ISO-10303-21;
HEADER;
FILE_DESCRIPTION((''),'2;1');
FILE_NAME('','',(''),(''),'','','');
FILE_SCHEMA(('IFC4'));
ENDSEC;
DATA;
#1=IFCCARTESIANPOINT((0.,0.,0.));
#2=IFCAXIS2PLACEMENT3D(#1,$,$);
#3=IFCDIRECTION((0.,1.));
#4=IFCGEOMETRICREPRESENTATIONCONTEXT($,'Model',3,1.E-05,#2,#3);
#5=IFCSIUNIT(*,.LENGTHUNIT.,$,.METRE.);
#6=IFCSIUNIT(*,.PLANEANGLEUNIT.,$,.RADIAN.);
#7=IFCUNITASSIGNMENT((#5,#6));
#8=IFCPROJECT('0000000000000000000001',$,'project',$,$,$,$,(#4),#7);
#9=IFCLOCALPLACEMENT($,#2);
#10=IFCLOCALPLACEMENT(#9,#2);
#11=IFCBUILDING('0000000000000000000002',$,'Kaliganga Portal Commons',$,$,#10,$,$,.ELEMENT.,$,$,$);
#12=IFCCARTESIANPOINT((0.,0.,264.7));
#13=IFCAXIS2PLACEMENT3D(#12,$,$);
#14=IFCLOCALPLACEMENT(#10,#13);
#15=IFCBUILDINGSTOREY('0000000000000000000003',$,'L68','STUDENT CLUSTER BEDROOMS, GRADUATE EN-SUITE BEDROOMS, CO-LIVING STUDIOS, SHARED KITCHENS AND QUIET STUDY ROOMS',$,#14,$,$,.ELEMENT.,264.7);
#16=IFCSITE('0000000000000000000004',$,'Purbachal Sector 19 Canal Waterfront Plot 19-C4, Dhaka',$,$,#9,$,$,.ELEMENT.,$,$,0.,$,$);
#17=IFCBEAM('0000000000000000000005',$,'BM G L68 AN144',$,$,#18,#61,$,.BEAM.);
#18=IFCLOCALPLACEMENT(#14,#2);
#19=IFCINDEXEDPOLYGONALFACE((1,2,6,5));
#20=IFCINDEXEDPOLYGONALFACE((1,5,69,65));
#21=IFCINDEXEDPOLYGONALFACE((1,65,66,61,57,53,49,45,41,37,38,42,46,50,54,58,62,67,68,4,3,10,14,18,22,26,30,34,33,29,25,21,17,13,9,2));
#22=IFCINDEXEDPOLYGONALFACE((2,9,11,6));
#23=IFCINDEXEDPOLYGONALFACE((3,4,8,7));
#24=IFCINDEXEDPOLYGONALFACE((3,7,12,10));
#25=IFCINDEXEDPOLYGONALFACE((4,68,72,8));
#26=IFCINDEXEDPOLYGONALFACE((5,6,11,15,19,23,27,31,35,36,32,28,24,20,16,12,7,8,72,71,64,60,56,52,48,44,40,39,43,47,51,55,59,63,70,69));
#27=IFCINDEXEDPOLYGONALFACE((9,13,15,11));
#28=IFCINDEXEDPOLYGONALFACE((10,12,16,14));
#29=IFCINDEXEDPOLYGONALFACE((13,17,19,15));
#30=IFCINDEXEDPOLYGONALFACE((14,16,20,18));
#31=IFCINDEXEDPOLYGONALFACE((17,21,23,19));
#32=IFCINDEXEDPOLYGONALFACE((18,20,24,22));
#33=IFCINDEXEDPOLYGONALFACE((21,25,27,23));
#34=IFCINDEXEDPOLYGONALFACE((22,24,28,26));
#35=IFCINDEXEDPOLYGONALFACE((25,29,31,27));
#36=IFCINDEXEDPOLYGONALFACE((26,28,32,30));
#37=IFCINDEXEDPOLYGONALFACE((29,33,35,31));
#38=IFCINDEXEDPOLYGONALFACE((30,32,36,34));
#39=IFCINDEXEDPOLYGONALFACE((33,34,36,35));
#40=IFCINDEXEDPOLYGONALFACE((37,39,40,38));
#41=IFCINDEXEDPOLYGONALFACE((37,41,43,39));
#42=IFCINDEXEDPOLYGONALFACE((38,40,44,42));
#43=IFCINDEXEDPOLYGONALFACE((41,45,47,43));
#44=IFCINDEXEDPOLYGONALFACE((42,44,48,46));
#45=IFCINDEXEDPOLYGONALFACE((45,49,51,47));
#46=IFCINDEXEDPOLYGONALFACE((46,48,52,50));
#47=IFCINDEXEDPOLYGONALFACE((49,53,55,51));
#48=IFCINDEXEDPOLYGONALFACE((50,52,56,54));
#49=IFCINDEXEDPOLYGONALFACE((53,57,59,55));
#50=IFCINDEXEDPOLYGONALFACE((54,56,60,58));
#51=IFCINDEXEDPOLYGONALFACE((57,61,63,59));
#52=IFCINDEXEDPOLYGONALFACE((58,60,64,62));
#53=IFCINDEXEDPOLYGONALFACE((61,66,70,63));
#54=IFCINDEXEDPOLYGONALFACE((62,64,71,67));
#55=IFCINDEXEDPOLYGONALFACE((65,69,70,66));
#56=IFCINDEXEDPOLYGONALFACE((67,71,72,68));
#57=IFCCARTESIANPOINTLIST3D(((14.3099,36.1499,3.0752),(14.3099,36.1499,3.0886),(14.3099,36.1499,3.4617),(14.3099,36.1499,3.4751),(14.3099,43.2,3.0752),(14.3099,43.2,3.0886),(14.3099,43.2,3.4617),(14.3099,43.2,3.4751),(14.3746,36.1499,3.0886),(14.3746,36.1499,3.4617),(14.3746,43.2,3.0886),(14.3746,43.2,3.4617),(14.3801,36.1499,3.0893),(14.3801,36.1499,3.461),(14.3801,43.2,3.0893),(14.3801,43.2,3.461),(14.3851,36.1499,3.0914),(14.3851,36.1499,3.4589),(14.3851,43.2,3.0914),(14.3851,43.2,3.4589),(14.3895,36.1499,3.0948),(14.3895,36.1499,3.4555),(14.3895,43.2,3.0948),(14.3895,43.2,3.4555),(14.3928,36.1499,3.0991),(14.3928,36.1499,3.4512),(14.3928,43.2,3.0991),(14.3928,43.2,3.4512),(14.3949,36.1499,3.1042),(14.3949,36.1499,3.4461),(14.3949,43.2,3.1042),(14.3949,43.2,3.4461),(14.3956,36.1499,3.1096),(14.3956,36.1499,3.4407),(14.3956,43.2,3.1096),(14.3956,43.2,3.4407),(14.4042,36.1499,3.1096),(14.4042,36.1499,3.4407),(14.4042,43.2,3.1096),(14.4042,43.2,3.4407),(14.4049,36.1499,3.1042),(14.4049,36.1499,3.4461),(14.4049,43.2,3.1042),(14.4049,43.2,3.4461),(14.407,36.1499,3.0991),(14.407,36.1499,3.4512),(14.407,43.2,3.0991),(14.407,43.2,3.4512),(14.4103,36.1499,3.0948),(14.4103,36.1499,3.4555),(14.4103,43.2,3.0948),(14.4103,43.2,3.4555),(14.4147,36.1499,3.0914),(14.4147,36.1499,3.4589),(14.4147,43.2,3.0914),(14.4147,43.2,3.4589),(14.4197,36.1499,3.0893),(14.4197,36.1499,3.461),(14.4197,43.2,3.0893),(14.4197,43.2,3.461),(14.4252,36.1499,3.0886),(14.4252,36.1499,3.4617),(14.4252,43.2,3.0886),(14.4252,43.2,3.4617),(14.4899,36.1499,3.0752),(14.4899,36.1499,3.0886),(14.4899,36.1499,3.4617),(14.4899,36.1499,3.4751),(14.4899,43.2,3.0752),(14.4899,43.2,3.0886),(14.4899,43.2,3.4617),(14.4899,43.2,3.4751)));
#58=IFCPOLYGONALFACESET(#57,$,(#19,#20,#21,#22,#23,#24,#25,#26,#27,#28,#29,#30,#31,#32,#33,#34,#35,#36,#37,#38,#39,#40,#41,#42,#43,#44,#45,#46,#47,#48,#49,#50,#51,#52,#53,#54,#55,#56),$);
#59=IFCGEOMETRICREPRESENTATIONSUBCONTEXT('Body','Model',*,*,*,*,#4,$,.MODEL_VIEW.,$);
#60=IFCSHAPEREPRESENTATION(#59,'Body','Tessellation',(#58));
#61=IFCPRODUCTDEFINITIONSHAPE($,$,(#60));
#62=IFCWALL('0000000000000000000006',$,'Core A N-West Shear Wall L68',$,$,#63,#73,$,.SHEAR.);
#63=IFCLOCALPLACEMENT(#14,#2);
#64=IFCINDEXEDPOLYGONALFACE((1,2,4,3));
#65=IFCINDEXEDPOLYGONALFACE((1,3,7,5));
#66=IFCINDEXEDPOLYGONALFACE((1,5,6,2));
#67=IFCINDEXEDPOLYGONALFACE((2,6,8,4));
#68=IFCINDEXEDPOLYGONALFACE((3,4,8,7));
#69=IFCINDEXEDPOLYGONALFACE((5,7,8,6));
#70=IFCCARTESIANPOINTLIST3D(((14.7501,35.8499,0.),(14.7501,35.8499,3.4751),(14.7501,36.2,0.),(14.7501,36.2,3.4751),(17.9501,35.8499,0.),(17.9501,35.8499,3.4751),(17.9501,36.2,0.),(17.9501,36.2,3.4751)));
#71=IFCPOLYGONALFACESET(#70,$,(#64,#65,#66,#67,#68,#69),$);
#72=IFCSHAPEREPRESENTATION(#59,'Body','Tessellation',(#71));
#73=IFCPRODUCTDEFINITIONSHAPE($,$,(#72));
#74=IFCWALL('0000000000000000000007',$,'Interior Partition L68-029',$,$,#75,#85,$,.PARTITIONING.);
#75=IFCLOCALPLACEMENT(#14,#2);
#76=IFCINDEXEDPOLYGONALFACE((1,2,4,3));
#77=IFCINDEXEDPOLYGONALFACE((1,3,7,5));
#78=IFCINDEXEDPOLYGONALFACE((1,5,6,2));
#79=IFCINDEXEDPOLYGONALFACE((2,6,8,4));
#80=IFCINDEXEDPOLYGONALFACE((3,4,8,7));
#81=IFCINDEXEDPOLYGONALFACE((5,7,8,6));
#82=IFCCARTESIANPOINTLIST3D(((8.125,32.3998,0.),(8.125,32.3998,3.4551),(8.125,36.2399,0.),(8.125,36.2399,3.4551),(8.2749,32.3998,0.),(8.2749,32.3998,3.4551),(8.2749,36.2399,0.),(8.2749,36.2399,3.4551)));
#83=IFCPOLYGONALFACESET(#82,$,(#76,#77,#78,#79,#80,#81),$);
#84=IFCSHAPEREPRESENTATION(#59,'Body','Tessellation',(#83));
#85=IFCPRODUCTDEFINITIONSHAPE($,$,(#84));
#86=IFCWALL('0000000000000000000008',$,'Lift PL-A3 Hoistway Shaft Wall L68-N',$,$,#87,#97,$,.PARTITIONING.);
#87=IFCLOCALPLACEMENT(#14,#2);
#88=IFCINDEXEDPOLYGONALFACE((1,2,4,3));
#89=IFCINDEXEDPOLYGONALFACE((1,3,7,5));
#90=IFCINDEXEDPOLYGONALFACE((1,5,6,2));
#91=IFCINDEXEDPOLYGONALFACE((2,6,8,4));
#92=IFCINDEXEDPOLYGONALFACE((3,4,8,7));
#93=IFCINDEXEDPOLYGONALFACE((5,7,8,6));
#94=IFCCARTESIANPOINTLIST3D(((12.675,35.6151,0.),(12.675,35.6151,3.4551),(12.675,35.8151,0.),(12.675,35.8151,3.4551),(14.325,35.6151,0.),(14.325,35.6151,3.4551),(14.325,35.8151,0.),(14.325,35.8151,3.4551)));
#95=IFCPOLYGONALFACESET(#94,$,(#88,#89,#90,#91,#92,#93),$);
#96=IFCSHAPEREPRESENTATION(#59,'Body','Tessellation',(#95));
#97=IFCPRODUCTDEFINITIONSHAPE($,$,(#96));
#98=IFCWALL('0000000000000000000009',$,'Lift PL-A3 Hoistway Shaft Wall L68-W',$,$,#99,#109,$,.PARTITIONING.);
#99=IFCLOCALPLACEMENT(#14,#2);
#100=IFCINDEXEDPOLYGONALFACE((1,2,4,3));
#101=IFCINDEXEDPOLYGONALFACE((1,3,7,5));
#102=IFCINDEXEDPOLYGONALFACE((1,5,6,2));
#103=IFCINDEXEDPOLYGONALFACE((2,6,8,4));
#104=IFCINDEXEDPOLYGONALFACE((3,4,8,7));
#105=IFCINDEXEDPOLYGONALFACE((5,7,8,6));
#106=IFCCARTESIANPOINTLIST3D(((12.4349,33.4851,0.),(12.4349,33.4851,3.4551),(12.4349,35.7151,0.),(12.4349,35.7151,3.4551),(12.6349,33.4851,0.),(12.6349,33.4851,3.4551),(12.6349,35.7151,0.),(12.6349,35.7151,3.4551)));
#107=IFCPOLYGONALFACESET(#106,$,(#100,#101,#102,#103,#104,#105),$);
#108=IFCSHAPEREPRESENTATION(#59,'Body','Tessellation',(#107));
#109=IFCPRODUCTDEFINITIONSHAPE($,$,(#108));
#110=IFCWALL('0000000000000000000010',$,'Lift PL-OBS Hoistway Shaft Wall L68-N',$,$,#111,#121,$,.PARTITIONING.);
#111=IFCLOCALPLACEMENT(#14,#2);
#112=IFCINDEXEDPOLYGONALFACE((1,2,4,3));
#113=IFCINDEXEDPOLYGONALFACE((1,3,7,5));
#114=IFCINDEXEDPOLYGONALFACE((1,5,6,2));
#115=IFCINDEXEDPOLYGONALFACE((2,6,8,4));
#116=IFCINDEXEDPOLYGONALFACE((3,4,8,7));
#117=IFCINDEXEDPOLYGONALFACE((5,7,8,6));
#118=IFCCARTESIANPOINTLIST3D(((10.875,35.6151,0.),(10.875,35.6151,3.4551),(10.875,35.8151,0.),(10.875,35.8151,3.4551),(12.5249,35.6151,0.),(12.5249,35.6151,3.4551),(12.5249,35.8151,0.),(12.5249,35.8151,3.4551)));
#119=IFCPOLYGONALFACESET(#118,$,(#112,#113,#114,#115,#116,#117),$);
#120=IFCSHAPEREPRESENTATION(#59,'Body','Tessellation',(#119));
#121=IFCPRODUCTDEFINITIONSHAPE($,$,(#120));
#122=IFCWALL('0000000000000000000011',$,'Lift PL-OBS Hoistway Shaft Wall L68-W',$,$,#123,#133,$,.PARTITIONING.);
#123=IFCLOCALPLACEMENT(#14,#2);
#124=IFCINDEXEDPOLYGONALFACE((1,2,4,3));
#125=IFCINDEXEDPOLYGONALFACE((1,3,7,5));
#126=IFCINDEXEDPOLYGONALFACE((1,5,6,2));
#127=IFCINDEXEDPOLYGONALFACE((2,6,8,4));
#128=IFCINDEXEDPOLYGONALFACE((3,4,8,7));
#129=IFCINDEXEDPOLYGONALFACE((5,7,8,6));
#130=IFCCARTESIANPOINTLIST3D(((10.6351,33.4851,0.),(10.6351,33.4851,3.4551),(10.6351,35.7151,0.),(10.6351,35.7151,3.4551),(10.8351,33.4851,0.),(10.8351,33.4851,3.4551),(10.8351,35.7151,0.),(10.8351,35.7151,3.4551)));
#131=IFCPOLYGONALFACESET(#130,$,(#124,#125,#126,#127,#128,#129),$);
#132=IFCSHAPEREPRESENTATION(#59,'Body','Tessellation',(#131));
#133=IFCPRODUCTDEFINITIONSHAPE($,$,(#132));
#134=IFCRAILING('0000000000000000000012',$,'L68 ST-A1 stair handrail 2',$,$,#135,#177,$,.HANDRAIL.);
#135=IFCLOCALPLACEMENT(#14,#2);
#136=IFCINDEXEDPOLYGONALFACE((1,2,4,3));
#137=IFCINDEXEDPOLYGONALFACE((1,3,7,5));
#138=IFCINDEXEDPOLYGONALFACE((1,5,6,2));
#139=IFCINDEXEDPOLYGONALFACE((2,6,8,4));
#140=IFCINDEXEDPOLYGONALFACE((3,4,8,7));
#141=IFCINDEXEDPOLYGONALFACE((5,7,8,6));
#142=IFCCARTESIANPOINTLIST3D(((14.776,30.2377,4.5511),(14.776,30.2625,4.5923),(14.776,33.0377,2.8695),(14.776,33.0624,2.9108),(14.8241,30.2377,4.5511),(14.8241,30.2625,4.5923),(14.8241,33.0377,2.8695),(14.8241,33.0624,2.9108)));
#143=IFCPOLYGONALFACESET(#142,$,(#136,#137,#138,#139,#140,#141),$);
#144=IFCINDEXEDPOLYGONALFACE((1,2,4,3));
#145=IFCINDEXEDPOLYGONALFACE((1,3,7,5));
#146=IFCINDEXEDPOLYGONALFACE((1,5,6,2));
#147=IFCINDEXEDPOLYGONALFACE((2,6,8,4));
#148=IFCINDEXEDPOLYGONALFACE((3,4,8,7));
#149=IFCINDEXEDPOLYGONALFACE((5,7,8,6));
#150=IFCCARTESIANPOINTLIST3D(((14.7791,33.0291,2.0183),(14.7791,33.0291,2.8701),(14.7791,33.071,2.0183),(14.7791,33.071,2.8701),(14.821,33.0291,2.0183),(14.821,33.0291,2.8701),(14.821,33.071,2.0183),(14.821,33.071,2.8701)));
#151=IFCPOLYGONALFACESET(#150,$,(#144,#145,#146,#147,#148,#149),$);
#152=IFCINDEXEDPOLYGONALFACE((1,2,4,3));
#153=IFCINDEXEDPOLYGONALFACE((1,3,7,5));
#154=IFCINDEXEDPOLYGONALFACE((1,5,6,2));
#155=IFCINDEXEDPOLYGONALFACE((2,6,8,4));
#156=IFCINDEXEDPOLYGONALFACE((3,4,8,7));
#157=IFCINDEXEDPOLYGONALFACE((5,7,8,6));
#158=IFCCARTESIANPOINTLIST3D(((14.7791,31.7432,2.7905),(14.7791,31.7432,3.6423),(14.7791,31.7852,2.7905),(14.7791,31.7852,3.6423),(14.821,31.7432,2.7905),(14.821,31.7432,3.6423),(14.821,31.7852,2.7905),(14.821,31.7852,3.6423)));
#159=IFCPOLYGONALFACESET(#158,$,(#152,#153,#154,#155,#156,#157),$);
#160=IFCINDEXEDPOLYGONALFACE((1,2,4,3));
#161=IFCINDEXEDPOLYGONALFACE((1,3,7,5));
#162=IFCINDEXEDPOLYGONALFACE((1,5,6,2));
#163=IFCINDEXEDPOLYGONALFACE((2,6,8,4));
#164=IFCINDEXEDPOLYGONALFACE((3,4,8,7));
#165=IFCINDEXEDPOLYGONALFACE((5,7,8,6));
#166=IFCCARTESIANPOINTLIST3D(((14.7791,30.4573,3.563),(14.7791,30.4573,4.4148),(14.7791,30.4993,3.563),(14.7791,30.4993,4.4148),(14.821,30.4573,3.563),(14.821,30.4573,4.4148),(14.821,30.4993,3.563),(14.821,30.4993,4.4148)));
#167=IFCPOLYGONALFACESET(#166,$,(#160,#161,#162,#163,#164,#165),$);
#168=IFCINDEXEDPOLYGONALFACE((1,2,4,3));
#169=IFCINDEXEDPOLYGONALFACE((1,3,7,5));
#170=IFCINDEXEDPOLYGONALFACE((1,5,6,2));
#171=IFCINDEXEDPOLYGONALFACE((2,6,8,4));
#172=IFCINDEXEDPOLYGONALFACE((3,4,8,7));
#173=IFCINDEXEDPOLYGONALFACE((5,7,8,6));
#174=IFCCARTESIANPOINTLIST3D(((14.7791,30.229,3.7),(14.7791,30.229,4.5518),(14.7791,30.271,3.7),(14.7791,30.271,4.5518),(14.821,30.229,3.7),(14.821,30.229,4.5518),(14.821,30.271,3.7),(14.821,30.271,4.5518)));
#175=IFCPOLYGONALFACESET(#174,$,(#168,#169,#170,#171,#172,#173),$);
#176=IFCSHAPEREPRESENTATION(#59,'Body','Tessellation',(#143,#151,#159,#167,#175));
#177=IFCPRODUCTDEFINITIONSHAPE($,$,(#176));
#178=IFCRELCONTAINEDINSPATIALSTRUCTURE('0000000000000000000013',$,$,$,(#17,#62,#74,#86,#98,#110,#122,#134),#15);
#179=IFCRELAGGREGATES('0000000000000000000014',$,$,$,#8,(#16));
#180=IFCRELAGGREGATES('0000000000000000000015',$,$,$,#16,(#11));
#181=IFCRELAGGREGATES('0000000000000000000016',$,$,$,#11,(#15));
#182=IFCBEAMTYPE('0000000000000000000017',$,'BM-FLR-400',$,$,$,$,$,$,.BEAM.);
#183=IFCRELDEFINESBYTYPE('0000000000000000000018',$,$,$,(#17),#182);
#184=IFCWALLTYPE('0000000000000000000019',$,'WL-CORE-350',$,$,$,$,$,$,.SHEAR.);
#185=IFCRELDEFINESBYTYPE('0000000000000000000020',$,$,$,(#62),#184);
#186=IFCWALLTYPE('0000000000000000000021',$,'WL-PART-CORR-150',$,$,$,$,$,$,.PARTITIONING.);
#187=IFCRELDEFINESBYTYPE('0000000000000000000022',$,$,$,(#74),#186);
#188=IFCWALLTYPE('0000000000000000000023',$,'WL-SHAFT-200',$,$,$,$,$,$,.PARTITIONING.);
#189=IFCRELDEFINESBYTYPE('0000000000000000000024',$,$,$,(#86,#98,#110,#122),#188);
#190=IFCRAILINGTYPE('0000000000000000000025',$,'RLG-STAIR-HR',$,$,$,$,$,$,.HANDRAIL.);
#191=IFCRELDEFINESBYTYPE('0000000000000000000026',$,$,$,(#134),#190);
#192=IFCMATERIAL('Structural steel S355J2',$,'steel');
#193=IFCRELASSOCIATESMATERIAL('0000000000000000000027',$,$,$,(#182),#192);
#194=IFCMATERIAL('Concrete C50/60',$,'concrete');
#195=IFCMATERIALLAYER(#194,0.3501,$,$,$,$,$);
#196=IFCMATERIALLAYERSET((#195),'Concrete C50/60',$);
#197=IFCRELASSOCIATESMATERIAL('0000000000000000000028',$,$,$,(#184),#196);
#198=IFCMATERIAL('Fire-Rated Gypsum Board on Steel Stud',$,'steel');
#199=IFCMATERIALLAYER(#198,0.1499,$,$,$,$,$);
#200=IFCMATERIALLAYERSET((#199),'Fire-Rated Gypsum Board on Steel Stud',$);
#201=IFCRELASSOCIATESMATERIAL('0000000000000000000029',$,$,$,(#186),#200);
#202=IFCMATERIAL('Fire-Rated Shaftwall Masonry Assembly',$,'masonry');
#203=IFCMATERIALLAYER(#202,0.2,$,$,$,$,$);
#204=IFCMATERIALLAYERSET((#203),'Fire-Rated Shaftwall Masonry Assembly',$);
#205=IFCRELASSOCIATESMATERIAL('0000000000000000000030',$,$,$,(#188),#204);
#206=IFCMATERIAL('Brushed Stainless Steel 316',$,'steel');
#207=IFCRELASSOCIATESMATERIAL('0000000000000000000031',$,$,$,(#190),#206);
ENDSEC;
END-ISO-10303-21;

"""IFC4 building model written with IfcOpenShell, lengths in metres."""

from ifc_helpers import new_model, si_unit, direction, frame, frame_2d, origin, origin_2d, place, context, subcontext, project, spatial, rectangle, i_section, extrude, source, transform, mapped, material, layer, layer_set, material_profile, profile_set, type_object, element, save


model = new_model("IFC4")

# Units and contexts
model_context = context("Model", 3, precision=1e-05, world=origin(), true_north=direction((0.0, 1.0)))
body_context = subcontext(model_context, "Body", "Model", "MODEL_VIEW")
ifc_project = project(units=[si_unit("LENGTHUNIT", "METRE"), si_unit("PLANEANGLEUNIT", "RADIAN")], contexts=[model_context])

# Site, building, storey
site_placement = place(None, origin())
site = spatial("IfcSite", under=ifc_project, at=site_placement, Name="Purbachal Sector 19 Canal Waterfront Plot 19-C4, Dhaka", CompositionType="ELEMENT", RefElevation=0.0)
building_placement = place(site_placement, origin())
building = spatial("IfcBuilding", under=site, at=building_placement, Name="Kaliganga Portal Commons", CompositionType="ELEMENT")
storey_placement = place(building_placement, frame((0.0, 0.0, 264.7)))
storey = spatial("IfcBuildingStorey", under=building, at=storey_placement, Name="L68", Description="STUDENT CLUSTER BEDROOMS, GRADUATE EN-SUITE BEDROOMS, CO-LIVING STUDIOS, SHARED KITCHENS AND QUIET STUDY ROOMS", CompositionType="ELEMENT", Elevation=264.7)

# Shared definitions
ifc_material_1 = material(Name="Concrete C50/60", Category="concrete")
ifc_material_2 = material(Name="Structural steel S355J2", Category="steel")

# Beam
ifc_material_profile_1 = material_profile(ifc_material_2, i_section(OverallWidth=0.1799, OverallDepth=0.3999, WebThickness=0.0085, FlangeThickness=0.0134, FilletRadius=0.021, at=origin_2d()), Name="IPE 400")
ifc_profile_set_1 = profile_set([ifc_material_profile_1], Name="Structural steel S355J2 wide-flange")
beam_type_1 = type_object("IfcBeamType", Name="BM-FLR-400", PredefinedType="BEAM", material=ifc_profile_set_1)
shared_shape_1 = source(origin(), body_context, "Body", "SweptSolid", [
    extrude(i_section(OverallWidth=0.1799, OverallDepth=0.3999, WebThickness=0.0085, FlangeThickness=0.0134, FilletRadius=0.021, at=origin_2d()), origin(), (0.0, 0.0, 1.0), 7.05),
])
beam_1_placement = place(storey_placement, frame((14.3999, 36.1499, 3.2751), z_axis=(0.0, 1.0, 0.0), x_axis=(-1.0, 0.0, 0.0)))
element("IfcBeam", 1, at=beam_1_placement, inside=storey, type_object=beam_type_1, Name="BM G L68 AN144", PredefinedType="BEAM", context=body_context, shape_type="MappedRepresentation", body=[
    mapped(shared_shape_1, transform((0.0, 0.0, 0.0), x_axis=(1.0, 0.0, 0.0), y_axis=(0.0, 1.0, 0.0), z_axis=(0.0, 0.0, 1.0), scale=1.0)),
])

# Walls
ifc_layer_1 = layer(ifc_material_1, 0.3501)
ifc_layer_set_1 = layer_set([ifc_layer_1], Name="Concrete C50/60")
wall_type_1 = type_object("IfcWallType", Name="WL-CORE-350", PredefinedType="SHEAR", material=ifc_layer_set_1)
wall_1_placement = place(storey_placement, frame((14.75, 36.0249, 0.0), z_axis=(0.0, 0.0, 1.0), x_axis=(1.0, 0.0, 0.0)))
element("IfcWall", 2, at=wall_1_placement, inside=storey, type_object=wall_type_1, Name="Core A N-West Shear Wall L68", PredefinedType="SHEAR", context=body_context, shape_type="SweptSolid", body=[
    extrude(rectangle(XDim=3.2, YDim=0.3501, at=frame_2d((1.6001, 0.0))), origin(), (0.0, 0.0, 1.0), 3.4751),
])
ifc_material_3 = material(Name="Fire-Rated Gypsum Board on Steel Stud", Category="steel")
ifc_layer_2 = layer(ifc_material_3, 0.1499)
ifc_layer_set_2 = layer_set([ifc_layer_2], Name="Fire-Rated Gypsum Board on Steel Stud")
wall_type_2 = type_object("IfcWallType", Name="WL-PART-CORR-150", PredefinedType="PARTITIONING", material=ifc_layer_set_2)
wall_2_placement = place(storey_placement, frame((8.2, 32.3999, 0.0), z_axis=(0.0, 0.0, 1.0), x_axis=(0.0, 1.0, 0.0)))
element("IfcWall", 3, at=wall_2_placement, inside=storey, type_object=wall_type_2, Name="Interior Partition L68-029", PredefinedType="PARTITIONING", context=body_context, shape_type="SweptSolid", body=[
    extrude(rectangle(XDim=3.8401, YDim=0.1499, at=frame_2d((1.9199, 0.0))), origin(), (0.0, 0.0, 1.0), 3.4551),
])

# Shared definitions
ifc_material_4 = material(Name="Fire-Rated Shaftwall Masonry Assembly", Category="masonry")
ifc_layer_3 = layer(ifc_material_4, 0.2)
ifc_layer_set_3 = layer_set([ifc_layer_3], Name="Fire-Rated Shaftwall Masonry Assembly")
wall_type_3 = type_object("IfcWallType", Name="WL-SHAFT-200", PredefinedType="PARTITIONING", material=ifc_layer_set_3)

# Walls
wall_3_placement = place(storey_placement, frame((12.675, 35.7151, 0.0), z_axis=(0.0, 0.0, 1.0), x_axis=(1.0, 0.0, 0.0)))
element("IfcWall", 4, at=wall_3_placement, inside=storey, type_object=wall_type_3, Name="Lift PL-A3 Hoistway Shaft Wall L68-N", PredefinedType="PARTITIONING", context=body_context, shape_type="SweptSolid", body=[
    extrude(rectangle(XDim=1.6499, YDim=0.2, at=frame_2d((0.825, 0.0))), origin(), (0.0, 0.0, 1.0), 3.4551),
])
wall_4_placement = place(storey_placement, frame((12.5349, 33.4851, 0.0), z_axis=(0.0, 0.0, 1.0), x_axis=(0.0, 1.0, 0.0)))
element("IfcWall", 5, at=wall_4_placement, inside=storey, type_object=wall_type_3, Name="Lift PL-A3 Hoistway Shaft Wall L68-W", PredefinedType="PARTITIONING", context=body_context, shape_type="SweptSolid", body=[
    extrude(rectangle(XDim=2.23, YDim=0.2, at=frame_2d((1.115, 0.0))), origin(), (0.0, 0.0, 1.0), 3.4551),
])

# Walls
wall_5_placement = place(storey_placement, frame((10.875, 35.7151, 0.0), z_axis=(0.0, 0.0, 1.0), x_axis=(1.0, 0.0, 0.0)))
element("IfcWall", 6, at=wall_5_placement, inside=storey, type_object=wall_type_3, Name="Lift PL-OBS Hoistway Shaft Wall L68-N", PredefinedType="PARTITIONING", context=body_context, shape_type="SweptSolid", body=[
    extrude(rectangle(XDim=1.6499, YDim=0.2, at=frame_2d((0.825, 0.0))), origin(), (0.0, 0.0, 1.0), 3.4551),
])
wall_6_placement = place(storey_placement, frame((10.7351, 33.4851, 0.0), z_axis=(0.0, 0.0, 1.0), x_axis=(0.0, 1.0, 0.0)))
element("IfcWall", 7, at=wall_6_placement, inside=storey, type_object=wall_type_3, Name="Lift PL-OBS Hoistway Shaft Wall L68-W", PredefinedType="PARTITIONING", context=body_context, shape_type="SweptSolid", body=[
    extrude(rectangle(XDim=2.23, YDim=0.2, at=frame_2d((1.115, 0.0))), origin(), (0.0, 0.0, 1.0), 3.4551),
])

# Railing
ifc_material_5 = material(Name="Brushed Stainless Steel 316", Category="steel")
railing_type = type_object("IfcRailingType", Name="RLG-STAIR-HR", PredefinedType="HANDRAIL", material=ifc_material_5)
railing_placement = place(storey_placement, frame((14.8, 33.05, 2.0183)))
element("IfcRailing", 8, at=railing_placement, inside=storey, type_object=railing_type, Name="L68 ST-A1 stair handrail 2", PredefinedType="HANDRAIL", context=body_context, shape_type="SweptSolid", body=[
    extrude(rectangle(XDim=0.0481, YDim=0.0481, at=origin_2d()), frame((0.0, 0.0, 0.8718), z_axis=(0.0, -0.857275, 0.514858), x_axis=(1.0, 0.0, 0.0)), (0.0, 0.0, 1.0), 3.2661),
    extrude(rectangle(XDim=0.042, YDim=0.042, at=origin_2d()), origin(), (0.0, 0.0, 1.0), 0.8518),
    extrude(rectangle(XDim=0.042, YDim=0.042, at=origin_2d()), frame((0.0, -1.2859, 0.7722)), (0.0, 0.0, 1.0), 0.8518),
    extrude(rectangle(XDim=0.042, YDim=0.042, at=origin_2d()), frame((0.0, -2.5718, 1.5447)), (0.0, 0.0, 1.0), 0.8518),
    extrude(rectangle(XDim=0.042, YDim=0.042, at=origin_2d()), frame((0.0, -2.8, 1.6816)), (0.0, 0.0, 1.0), 0.8518),
])

save(model, "model.ifc")
